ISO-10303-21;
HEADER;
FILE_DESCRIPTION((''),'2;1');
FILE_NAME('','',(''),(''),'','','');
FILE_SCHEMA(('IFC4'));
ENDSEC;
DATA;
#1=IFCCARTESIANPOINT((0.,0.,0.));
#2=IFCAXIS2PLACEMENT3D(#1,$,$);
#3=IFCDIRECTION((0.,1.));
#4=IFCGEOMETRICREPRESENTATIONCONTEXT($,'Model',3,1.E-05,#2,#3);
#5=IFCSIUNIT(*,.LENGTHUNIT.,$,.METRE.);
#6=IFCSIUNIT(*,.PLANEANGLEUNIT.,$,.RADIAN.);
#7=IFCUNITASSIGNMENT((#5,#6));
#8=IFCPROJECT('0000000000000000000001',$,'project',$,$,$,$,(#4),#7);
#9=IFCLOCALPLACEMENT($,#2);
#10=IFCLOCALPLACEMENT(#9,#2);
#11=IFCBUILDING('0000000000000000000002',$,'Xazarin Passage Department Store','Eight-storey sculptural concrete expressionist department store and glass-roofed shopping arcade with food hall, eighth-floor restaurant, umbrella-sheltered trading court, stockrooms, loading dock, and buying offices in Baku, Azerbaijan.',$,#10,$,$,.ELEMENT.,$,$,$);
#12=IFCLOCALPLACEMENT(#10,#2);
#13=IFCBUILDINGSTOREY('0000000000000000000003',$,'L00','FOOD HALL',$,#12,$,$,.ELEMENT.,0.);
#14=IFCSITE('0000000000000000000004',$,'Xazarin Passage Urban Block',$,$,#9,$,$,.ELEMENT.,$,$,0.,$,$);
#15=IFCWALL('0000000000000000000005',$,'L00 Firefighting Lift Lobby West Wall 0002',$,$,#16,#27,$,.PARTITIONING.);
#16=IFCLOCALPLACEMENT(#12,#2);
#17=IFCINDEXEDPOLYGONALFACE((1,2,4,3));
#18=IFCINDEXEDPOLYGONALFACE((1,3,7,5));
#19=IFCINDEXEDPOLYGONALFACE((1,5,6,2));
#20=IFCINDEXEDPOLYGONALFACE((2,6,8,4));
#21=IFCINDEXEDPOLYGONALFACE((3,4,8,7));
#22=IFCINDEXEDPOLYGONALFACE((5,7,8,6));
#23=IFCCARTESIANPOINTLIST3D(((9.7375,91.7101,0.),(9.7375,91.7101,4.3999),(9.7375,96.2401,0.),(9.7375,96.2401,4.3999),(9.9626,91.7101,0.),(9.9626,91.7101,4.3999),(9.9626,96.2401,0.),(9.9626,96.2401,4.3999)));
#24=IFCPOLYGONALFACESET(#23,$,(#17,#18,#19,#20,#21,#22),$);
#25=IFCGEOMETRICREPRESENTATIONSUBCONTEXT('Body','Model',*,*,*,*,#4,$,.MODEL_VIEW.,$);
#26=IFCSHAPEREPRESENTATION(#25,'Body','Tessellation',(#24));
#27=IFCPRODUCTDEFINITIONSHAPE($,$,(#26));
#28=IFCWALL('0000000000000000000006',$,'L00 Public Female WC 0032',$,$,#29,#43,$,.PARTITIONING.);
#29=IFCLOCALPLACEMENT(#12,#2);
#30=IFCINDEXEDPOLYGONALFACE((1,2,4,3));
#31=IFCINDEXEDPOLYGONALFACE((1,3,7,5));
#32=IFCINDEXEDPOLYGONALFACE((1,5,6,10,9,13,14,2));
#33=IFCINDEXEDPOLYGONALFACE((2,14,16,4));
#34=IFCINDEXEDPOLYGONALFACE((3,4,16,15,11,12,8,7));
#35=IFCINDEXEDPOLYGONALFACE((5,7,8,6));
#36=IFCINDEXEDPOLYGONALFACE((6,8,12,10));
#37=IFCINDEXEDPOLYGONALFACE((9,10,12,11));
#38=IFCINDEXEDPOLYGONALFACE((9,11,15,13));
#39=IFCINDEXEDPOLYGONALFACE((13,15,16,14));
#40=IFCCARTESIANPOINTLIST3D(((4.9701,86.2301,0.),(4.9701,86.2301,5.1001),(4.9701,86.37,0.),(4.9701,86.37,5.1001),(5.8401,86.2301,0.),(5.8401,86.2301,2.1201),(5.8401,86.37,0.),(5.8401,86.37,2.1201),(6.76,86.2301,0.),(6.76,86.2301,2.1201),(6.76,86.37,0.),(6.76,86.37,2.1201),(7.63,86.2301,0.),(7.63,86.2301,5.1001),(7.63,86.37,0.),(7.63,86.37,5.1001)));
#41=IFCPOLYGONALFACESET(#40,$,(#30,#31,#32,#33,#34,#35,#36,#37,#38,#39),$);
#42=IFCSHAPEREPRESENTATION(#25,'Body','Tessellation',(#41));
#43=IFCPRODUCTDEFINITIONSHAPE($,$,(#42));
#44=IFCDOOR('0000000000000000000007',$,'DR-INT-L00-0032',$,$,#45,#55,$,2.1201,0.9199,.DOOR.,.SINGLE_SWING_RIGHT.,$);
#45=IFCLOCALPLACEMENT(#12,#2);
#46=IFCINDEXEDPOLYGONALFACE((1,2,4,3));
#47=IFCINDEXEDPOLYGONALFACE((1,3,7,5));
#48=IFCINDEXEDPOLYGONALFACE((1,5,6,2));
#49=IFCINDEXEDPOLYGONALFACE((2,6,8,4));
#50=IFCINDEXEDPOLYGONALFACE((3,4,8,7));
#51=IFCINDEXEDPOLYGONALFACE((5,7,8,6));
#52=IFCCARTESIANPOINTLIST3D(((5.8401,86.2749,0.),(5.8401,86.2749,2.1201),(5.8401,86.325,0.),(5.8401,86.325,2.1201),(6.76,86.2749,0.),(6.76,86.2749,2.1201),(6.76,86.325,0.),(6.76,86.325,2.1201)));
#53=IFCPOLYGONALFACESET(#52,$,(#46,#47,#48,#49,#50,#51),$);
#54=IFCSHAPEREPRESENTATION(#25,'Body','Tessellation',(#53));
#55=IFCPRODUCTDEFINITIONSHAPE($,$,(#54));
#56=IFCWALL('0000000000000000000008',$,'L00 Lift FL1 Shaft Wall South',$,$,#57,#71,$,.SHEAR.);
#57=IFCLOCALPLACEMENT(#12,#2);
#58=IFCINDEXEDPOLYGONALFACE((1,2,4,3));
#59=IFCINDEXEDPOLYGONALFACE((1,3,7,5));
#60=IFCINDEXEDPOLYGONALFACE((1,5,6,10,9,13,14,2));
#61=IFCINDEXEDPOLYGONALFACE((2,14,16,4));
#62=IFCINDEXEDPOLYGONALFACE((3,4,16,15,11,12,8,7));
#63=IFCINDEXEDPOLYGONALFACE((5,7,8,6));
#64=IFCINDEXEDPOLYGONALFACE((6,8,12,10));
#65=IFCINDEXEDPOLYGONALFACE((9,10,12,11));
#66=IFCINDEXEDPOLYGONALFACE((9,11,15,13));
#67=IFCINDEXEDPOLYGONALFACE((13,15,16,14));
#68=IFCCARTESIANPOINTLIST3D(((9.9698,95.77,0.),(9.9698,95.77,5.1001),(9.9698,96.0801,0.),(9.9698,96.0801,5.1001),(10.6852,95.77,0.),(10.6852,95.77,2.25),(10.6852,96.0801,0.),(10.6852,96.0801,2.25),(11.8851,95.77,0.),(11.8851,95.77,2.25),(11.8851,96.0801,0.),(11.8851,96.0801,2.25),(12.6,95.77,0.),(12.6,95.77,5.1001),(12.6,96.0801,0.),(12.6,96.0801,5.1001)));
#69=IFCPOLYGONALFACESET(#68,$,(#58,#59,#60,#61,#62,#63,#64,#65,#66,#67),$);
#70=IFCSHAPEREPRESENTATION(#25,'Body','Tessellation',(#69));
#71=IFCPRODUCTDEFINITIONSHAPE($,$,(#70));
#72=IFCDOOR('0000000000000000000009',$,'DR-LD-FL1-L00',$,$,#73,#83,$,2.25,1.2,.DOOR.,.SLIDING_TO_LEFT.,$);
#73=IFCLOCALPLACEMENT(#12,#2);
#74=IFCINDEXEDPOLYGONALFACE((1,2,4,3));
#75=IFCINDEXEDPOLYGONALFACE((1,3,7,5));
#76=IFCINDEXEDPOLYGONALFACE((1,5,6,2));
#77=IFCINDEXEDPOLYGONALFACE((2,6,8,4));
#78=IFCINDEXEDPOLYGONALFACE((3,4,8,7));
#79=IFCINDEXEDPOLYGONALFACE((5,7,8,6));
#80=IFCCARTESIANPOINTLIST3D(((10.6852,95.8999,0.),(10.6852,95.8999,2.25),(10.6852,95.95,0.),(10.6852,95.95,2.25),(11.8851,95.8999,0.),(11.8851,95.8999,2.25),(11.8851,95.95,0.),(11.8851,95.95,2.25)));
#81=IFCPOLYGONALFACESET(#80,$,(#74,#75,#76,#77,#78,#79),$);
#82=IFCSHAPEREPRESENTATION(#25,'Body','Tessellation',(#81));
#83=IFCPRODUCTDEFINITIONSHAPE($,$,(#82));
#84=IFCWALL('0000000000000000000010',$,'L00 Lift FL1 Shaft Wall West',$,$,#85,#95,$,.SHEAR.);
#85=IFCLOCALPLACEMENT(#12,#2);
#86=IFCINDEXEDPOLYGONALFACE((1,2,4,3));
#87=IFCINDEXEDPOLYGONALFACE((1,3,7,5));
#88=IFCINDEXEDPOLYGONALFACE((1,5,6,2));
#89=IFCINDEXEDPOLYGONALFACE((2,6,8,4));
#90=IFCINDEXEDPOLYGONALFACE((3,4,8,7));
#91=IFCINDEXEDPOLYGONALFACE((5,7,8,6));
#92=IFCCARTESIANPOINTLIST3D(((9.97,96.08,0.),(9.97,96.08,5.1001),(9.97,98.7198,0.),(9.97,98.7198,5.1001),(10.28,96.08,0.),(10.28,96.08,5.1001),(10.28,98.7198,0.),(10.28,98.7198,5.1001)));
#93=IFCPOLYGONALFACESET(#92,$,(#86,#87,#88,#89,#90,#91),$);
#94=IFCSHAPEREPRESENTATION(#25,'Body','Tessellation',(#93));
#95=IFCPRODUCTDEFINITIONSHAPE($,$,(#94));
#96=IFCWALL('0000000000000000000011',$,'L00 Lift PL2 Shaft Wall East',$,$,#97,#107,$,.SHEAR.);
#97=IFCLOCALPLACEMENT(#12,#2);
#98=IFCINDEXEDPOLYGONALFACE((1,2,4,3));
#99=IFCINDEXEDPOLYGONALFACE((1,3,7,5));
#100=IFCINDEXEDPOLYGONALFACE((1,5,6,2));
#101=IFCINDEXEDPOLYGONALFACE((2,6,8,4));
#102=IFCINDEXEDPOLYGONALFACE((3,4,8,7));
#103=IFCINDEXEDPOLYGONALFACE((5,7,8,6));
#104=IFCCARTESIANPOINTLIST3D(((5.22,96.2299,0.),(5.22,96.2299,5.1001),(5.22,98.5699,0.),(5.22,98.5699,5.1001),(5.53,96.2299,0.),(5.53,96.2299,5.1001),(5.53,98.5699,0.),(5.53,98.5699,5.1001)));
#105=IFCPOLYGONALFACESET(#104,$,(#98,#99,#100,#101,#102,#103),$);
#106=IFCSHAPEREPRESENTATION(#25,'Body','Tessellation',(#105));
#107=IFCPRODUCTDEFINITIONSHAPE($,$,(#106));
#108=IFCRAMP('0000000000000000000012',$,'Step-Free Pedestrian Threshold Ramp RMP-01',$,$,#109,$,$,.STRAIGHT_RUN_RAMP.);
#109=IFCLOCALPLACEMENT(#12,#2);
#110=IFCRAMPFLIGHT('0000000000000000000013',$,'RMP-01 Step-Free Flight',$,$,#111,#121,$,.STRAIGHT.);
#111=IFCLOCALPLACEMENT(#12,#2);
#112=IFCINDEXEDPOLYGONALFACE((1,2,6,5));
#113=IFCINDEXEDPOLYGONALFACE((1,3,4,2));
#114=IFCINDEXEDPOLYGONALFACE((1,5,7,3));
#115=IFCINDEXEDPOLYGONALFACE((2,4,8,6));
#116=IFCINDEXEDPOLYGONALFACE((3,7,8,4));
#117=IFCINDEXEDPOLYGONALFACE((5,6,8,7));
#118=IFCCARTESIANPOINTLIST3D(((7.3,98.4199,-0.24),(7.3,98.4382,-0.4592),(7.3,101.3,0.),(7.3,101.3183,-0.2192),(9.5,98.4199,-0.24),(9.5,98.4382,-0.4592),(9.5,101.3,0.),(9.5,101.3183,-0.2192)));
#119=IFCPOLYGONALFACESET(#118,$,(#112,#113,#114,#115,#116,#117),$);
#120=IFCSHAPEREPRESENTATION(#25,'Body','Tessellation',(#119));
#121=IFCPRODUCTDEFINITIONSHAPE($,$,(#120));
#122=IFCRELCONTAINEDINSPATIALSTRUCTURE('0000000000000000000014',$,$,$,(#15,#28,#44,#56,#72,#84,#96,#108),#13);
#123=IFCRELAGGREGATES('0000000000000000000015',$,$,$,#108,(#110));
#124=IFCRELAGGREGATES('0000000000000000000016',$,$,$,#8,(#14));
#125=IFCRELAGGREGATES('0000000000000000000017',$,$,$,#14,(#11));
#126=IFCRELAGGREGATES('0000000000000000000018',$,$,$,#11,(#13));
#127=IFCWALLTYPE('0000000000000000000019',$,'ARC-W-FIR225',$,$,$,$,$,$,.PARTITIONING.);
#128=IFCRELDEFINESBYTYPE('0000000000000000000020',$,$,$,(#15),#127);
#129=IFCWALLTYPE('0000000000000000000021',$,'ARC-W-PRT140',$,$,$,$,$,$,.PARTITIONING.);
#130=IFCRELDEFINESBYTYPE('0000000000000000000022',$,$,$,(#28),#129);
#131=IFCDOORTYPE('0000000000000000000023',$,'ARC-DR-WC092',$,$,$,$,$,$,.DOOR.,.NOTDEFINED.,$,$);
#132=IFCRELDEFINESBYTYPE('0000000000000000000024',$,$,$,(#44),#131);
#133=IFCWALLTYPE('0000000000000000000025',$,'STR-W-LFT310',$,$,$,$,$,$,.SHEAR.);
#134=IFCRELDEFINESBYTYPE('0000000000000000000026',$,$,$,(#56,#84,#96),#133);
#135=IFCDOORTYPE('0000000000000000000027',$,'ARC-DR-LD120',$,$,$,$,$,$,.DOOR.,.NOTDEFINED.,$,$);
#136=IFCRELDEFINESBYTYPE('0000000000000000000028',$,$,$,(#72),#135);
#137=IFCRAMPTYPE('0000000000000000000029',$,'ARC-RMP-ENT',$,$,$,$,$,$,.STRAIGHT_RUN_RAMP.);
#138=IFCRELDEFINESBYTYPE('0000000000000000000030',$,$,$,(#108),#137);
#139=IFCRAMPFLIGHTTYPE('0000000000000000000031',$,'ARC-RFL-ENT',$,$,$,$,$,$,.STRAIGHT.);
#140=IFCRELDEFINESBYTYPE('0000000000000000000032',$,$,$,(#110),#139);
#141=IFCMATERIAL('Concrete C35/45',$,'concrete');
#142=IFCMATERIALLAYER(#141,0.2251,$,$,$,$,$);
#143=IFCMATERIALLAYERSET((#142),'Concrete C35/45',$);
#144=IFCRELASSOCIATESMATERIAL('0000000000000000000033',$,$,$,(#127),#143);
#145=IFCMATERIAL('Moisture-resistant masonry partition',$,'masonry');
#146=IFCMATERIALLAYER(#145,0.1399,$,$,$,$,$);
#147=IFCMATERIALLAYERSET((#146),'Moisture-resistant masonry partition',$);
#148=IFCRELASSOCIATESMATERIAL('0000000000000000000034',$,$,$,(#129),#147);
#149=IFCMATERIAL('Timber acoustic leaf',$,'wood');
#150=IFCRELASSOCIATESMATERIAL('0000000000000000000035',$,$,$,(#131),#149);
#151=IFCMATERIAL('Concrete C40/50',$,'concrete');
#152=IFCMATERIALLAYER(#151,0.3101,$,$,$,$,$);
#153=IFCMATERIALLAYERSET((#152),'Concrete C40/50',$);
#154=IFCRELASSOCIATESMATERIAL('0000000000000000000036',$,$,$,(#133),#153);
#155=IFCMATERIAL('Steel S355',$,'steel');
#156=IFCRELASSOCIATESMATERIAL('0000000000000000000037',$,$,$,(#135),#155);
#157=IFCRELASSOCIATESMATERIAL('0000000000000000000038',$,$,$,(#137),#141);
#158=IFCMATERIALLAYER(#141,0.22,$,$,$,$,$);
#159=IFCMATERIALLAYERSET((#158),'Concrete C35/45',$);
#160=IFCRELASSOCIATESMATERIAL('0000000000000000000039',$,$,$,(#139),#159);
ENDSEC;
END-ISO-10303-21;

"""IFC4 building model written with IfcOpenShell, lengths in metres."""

from ifc_helpers import new_model, si_unit, direction, frame, frame_2d, origin, place, context, subcontext, project, spatial, polyline, rectangle, outline, extrude, material, layer, layer_set, type_object, element, fill, aggregate, save


model = new_model("IFC4")

# Units and contexts
model_context = context("Model", 3, precision=1e-05, world=origin(), true_north=direction((0.0, 1.0)))
body_context = subcontext(model_context, "Body", "Model", "MODEL_VIEW")
ifc_project = project(units=[si_unit("LENGTHUNIT", "METRE"), si_unit("PLANEANGLEUNIT", "RADIAN")], contexts=[model_context])

# Site, building, storey
site_placement = place(None, origin())
site = spatial("IfcSite", under=ifc_project, at=site_placement, Name="Xazarin Passage Urban Block", CompositionType="ELEMENT", RefElevation=0.0)
building_placement = place(site_placement, origin())
building = spatial("IfcBuilding", under=site, at=building_placement, Name="Xazarin Passage Department Store", Description="Eight-storey sculptural concrete expressionist department store and glass-roofed shopping arcade with food hall, eighth-floor restaurant, umbrella-sheltered trading court, stockrooms, loading dock, and buying offices in Baku, Azerbaijan.", CompositionType="ELEMENT")
storey_placement = place(building_placement, origin())
storey = spatial("IfcBuildingStorey", under=building, at=storey_placement, Name="L00", Description="FOOD HALL", CompositionType="ELEMENT", Elevation=0.0)

# Shared definitions
ifc_material_1 = material(Name="Concrete C35/45", Category="concrete")

# Shared definitions
ifc_material_2 = material(Name="Concrete C40/50", Category="concrete")

# Shared definitions
ifc_layer_1 = layer(ifc_material_1, 0.2251)
ifc_layer_set_1 = layer_set([ifc_layer_1], Name="Concrete C35/45")
wall_type_1 = type_object("IfcWallType", Name="ARC-W-FIR225", PredefinedType="PARTITIONING", material=ifc_layer_set_1)
ifc_material_3 = material(Name="Steel S355", Category="steel")

# Wall
wall_1_placement = place(storey_placement, frame((9.8501, 91.71, 0.0), z_axis=(0.0, 0.0, 1.0), x_axis=(0.0, 1.0, 0.0)))
element("IfcWall", 1, at=wall_1_placement, inside=storey, type_object=wall_type_1, Name="L00 Firefighting Lift Lobby West Wall 0002", PredefinedType="PARTITIONING", context=body_context, shape_type="SweptSolid", body=[
    extrude(rectangle(XDim=4.53, YDim=0.2251, at=frame_2d((2.2651, 0.0))), origin(), (0.0, 0.0, 1.0), 4.3999),
])

# Walls, openings, doors
ifc_material_4 = material(Name="Moisture-resistant masonry partition", Category="masonry")
ifc_layer_2 = layer(ifc_material_4, 0.1399)
ifc_layer_set_2 = layer_set([ifc_layer_2], Name="Moisture-resistant masonry partition")
wall_type_2 = type_object("IfcWallType", Name="ARC-W-PRT140", PredefinedType="PARTITIONING", material=ifc_layer_set_2)
wall_2_placement = place(storey_placement, frame((4.97, 86.3, 0.0), z_axis=(0.0, 0.0, 1.0), x_axis=(1.0, 0.0, 0.0)))
wall_2 = element("IfcWall", 2, at=wall_2_placement, inside=storey, type_object=wall_type_2, Name="L00 Public Female WC 0032", PredefinedType="PARTITIONING", context=body_context, shape_type="SweptSolid", body=[
    extrude(rectangle(XDim=2.6599, YDim=0.1399, at=frame_2d((1.3301, 0.0))), origin(), (0.0, 0.0, 1.0), 5.1001),
])
opening_1_placement = place(wall_2_placement, frame((0.8701, 0.0, 0.0)))
opening_1 = element("IfcOpeningElement", 3, at=opening_1_placement, cuts=wall_2, PredefinedType="OPENING", context=body_context, shape_type="SweptSolid", body=[
    extrude(rectangle(XDim=0.9199, YDim=2.1201, at=frame_2d((0.46, 1.0601))), frame((0.0, 0.0798, 0.0), z_axis=(0.0, -1.0, 0.0), x_axis=(1.0, 0.0, 0.0)), (0.0, 0.0, 1.0), 0.1599),
])
ifc_material_5 = material(Name="Timber acoustic leaf", Category="wood")
door_type_1 = type_object("IfcDoorType", Name="ARC-DR-WC092", OperationType="NOTDEFINED", PredefinedType="DOOR", material=ifc_material_5)
door_1_placement = place(opening_1_placement, origin())
door_1 = element("IfcDoor", 4, at=door_1_placement, inside=storey, type_object=door_type_1, Name="DR-INT-L00-0032", OperationType="SINGLE_SWING_RIGHT", OverallHeight=2.1201, OverallWidth=0.9199, PredefinedType="DOOR", context=body_context, shape_type="SweptSolid", body=[
    extrude(rectangle(XDim=0.9199, YDim=2.1201, at=frame_2d((0.46, 1.0601))), frame((0.0, 0.0249, 0.0), z_axis=(0.0, -1.0, 0.0), x_axis=(1.0, 0.0, 0.0)), (0.0, 0.0, 1.0), 0.05),
])
fill(opening_1, door_1)
ifc_layer_3 = layer(ifc_material_2, 0.3101)
ifc_layer_set_3 = layer_set([ifc_layer_3], Name="Concrete C40/50")
wall_type_3 = type_object("IfcWallType", Name="STR-W-LFT310", PredefinedType="SHEAR", material=ifc_layer_set_3)
wall_3_placement = place(storey_placement, frame((9.97, 95.925, 0.0), z_axis=(0.0, 0.0, 1.0), x_axis=(1.0, 0.0, 0.0)))
wall_3 = element("IfcWall", 5, at=wall_3_placement, inside=storey, type_object=wall_type_3, Name="L00 Lift FL1 Shaft Wall South", PredefinedType="SHEAR", context=body_context, shape_type="SweptSolid", body=[
    extrude(rectangle(XDim=2.6301, YDim=0.3101, at=frame_2d((1.3149, 0.0))), origin(), (0.0, 0.0, 1.0), 5.1001),
])
opening_2_placement = place(wall_3_placement, frame((0.7151, 0.0, 0.0)))
opening_2 = element("IfcOpeningElement", 6, at=opening_2_placement, cuts=wall_3, PredefinedType="OPENING", context=body_context, shape_type="SweptSolid", body=[
    extrude(rectangle(XDim=1.2, YDim=2.25, at=frame_2d((0.6001, 1.125))), frame((0.0, 0.165, 0.0), z_axis=(0.0, -1.0, 0.0), x_axis=(1.0, 0.0, 0.0)), (0.0, 0.0, 1.0), 0.3301),
])
door_type_2 = type_object("IfcDoorType", Name="ARC-DR-LD120", OperationType="NOTDEFINED", PredefinedType="DOOR", material=ifc_material_3)
door_2_placement = place(opening_2_placement, origin())
door_2 = element("IfcDoor", 7, at=door_2_placement, inside=storey, type_object=door_type_2, Name="DR-LD-FL1-L00", OperationType="SLIDING_TO_LEFT", OverallHeight=2.25, OverallWidth=1.2, PredefinedType="DOOR", context=body_context, shape_type="SweptSolid", body=[
    extrude(rectangle(XDim=1.2, YDim=2.25, at=frame_2d((0.6001, 1.125))), frame((0.0, 0.0249, 0.0), z_axis=(0.0, -1.0, 0.0), x_axis=(1.0, 0.0, 0.0)), (0.0, 0.0, 1.0), 0.05),
])
fill(opening_2, door_2)

# Walls
wall_4_placement = place(storey_placement, frame((10.125, 96.0801, 0.0), z_axis=(0.0, 0.0, 1.0), x_axis=(0.0, 1.0, 0.0)))
element("IfcWall", 8, at=wall_4_placement, inside=storey, type_object=wall_type_3, Name="L00 Lift FL1 Shaft Wall West", PredefinedType="SHEAR", context=body_context, shape_type="SweptSolid", body=[
    extrude(rectangle(XDim=2.6399, YDim=0.3101, at=frame_2d((1.3198, 0.0))), origin(), (0.0, 0.0, 1.0), 5.1001),
])
wall_5_placement = place(storey_placement, frame((5.375, 96.23, 0.0), z_axis=(0.0, 0.0, 1.0), x_axis=(0.0, 1.0, 0.0)))
element("IfcWall", 9, at=wall_5_placement, inside=storey, type_object=wall_type_3, Name="L00 Lift PL2 Shaft Wall East", PredefinedType="SHEAR", context=body_context, shape_type="SweptSolid", body=[
    extrude(rectangle(XDim=2.3401, YDim=0.3101, at=frame_2d((1.1699, 0.0))), origin(), (0.0, 0.0, 1.0), 5.1001),
])

# Ramp, ramp flight
ramp_type = type_object("IfcRampType", Name="ARC-RMP-ENT", PredefinedType="STRAIGHT_RUN_RAMP", material=ifc_material_1)
ramp_placement = place(storey_placement, origin())
ramp = element("IfcRamp", 10, at=ramp_placement, inside=storey, type_object=ramp_type, Name="Step-Free Pedestrian Threshold Ramp RMP-01", PredefinedType="STRAIGHT_RUN_RAMP")
ifc_layer_4 = layer(ifc_material_1, 0.22)
ifc_layer_set_4 = layer_set([ifc_layer_4], Name="Concrete C35/45")
ramp_flight_type = type_object("IfcRampFlightType", Name="ARC-RFL-ENT", PredefinedType="STRAIGHT", material=ifc_layer_set_4)
ramp_flight_placement = place(storey_placement, frame((7.3, 98.4199, -0.24), z_axis=(0.0, -0.083038, 0.996546), x_axis=(1.0, 0.0, 0.0)))
ramp_flight = element("IfcRampFlight", 11, at=ramp_flight_placement, type_object=ramp_flight_type, Name="RMP-01 Step-Free Flight", PredefinedType="STRAIGHT", context=body_context, shape_type="SweptSolid", body=[
    extrude(outline(polyline([(0.0, 0.0), (2.2, 0.0), (2.2, 2.8901), (0.0, 2.8901), (0.0, 0.0)])), origin(), (0.0, 0.0, -1.0), 0.22),
])
aggregate(ramp, [ramp_flight])

save(model, "model.ifc")
